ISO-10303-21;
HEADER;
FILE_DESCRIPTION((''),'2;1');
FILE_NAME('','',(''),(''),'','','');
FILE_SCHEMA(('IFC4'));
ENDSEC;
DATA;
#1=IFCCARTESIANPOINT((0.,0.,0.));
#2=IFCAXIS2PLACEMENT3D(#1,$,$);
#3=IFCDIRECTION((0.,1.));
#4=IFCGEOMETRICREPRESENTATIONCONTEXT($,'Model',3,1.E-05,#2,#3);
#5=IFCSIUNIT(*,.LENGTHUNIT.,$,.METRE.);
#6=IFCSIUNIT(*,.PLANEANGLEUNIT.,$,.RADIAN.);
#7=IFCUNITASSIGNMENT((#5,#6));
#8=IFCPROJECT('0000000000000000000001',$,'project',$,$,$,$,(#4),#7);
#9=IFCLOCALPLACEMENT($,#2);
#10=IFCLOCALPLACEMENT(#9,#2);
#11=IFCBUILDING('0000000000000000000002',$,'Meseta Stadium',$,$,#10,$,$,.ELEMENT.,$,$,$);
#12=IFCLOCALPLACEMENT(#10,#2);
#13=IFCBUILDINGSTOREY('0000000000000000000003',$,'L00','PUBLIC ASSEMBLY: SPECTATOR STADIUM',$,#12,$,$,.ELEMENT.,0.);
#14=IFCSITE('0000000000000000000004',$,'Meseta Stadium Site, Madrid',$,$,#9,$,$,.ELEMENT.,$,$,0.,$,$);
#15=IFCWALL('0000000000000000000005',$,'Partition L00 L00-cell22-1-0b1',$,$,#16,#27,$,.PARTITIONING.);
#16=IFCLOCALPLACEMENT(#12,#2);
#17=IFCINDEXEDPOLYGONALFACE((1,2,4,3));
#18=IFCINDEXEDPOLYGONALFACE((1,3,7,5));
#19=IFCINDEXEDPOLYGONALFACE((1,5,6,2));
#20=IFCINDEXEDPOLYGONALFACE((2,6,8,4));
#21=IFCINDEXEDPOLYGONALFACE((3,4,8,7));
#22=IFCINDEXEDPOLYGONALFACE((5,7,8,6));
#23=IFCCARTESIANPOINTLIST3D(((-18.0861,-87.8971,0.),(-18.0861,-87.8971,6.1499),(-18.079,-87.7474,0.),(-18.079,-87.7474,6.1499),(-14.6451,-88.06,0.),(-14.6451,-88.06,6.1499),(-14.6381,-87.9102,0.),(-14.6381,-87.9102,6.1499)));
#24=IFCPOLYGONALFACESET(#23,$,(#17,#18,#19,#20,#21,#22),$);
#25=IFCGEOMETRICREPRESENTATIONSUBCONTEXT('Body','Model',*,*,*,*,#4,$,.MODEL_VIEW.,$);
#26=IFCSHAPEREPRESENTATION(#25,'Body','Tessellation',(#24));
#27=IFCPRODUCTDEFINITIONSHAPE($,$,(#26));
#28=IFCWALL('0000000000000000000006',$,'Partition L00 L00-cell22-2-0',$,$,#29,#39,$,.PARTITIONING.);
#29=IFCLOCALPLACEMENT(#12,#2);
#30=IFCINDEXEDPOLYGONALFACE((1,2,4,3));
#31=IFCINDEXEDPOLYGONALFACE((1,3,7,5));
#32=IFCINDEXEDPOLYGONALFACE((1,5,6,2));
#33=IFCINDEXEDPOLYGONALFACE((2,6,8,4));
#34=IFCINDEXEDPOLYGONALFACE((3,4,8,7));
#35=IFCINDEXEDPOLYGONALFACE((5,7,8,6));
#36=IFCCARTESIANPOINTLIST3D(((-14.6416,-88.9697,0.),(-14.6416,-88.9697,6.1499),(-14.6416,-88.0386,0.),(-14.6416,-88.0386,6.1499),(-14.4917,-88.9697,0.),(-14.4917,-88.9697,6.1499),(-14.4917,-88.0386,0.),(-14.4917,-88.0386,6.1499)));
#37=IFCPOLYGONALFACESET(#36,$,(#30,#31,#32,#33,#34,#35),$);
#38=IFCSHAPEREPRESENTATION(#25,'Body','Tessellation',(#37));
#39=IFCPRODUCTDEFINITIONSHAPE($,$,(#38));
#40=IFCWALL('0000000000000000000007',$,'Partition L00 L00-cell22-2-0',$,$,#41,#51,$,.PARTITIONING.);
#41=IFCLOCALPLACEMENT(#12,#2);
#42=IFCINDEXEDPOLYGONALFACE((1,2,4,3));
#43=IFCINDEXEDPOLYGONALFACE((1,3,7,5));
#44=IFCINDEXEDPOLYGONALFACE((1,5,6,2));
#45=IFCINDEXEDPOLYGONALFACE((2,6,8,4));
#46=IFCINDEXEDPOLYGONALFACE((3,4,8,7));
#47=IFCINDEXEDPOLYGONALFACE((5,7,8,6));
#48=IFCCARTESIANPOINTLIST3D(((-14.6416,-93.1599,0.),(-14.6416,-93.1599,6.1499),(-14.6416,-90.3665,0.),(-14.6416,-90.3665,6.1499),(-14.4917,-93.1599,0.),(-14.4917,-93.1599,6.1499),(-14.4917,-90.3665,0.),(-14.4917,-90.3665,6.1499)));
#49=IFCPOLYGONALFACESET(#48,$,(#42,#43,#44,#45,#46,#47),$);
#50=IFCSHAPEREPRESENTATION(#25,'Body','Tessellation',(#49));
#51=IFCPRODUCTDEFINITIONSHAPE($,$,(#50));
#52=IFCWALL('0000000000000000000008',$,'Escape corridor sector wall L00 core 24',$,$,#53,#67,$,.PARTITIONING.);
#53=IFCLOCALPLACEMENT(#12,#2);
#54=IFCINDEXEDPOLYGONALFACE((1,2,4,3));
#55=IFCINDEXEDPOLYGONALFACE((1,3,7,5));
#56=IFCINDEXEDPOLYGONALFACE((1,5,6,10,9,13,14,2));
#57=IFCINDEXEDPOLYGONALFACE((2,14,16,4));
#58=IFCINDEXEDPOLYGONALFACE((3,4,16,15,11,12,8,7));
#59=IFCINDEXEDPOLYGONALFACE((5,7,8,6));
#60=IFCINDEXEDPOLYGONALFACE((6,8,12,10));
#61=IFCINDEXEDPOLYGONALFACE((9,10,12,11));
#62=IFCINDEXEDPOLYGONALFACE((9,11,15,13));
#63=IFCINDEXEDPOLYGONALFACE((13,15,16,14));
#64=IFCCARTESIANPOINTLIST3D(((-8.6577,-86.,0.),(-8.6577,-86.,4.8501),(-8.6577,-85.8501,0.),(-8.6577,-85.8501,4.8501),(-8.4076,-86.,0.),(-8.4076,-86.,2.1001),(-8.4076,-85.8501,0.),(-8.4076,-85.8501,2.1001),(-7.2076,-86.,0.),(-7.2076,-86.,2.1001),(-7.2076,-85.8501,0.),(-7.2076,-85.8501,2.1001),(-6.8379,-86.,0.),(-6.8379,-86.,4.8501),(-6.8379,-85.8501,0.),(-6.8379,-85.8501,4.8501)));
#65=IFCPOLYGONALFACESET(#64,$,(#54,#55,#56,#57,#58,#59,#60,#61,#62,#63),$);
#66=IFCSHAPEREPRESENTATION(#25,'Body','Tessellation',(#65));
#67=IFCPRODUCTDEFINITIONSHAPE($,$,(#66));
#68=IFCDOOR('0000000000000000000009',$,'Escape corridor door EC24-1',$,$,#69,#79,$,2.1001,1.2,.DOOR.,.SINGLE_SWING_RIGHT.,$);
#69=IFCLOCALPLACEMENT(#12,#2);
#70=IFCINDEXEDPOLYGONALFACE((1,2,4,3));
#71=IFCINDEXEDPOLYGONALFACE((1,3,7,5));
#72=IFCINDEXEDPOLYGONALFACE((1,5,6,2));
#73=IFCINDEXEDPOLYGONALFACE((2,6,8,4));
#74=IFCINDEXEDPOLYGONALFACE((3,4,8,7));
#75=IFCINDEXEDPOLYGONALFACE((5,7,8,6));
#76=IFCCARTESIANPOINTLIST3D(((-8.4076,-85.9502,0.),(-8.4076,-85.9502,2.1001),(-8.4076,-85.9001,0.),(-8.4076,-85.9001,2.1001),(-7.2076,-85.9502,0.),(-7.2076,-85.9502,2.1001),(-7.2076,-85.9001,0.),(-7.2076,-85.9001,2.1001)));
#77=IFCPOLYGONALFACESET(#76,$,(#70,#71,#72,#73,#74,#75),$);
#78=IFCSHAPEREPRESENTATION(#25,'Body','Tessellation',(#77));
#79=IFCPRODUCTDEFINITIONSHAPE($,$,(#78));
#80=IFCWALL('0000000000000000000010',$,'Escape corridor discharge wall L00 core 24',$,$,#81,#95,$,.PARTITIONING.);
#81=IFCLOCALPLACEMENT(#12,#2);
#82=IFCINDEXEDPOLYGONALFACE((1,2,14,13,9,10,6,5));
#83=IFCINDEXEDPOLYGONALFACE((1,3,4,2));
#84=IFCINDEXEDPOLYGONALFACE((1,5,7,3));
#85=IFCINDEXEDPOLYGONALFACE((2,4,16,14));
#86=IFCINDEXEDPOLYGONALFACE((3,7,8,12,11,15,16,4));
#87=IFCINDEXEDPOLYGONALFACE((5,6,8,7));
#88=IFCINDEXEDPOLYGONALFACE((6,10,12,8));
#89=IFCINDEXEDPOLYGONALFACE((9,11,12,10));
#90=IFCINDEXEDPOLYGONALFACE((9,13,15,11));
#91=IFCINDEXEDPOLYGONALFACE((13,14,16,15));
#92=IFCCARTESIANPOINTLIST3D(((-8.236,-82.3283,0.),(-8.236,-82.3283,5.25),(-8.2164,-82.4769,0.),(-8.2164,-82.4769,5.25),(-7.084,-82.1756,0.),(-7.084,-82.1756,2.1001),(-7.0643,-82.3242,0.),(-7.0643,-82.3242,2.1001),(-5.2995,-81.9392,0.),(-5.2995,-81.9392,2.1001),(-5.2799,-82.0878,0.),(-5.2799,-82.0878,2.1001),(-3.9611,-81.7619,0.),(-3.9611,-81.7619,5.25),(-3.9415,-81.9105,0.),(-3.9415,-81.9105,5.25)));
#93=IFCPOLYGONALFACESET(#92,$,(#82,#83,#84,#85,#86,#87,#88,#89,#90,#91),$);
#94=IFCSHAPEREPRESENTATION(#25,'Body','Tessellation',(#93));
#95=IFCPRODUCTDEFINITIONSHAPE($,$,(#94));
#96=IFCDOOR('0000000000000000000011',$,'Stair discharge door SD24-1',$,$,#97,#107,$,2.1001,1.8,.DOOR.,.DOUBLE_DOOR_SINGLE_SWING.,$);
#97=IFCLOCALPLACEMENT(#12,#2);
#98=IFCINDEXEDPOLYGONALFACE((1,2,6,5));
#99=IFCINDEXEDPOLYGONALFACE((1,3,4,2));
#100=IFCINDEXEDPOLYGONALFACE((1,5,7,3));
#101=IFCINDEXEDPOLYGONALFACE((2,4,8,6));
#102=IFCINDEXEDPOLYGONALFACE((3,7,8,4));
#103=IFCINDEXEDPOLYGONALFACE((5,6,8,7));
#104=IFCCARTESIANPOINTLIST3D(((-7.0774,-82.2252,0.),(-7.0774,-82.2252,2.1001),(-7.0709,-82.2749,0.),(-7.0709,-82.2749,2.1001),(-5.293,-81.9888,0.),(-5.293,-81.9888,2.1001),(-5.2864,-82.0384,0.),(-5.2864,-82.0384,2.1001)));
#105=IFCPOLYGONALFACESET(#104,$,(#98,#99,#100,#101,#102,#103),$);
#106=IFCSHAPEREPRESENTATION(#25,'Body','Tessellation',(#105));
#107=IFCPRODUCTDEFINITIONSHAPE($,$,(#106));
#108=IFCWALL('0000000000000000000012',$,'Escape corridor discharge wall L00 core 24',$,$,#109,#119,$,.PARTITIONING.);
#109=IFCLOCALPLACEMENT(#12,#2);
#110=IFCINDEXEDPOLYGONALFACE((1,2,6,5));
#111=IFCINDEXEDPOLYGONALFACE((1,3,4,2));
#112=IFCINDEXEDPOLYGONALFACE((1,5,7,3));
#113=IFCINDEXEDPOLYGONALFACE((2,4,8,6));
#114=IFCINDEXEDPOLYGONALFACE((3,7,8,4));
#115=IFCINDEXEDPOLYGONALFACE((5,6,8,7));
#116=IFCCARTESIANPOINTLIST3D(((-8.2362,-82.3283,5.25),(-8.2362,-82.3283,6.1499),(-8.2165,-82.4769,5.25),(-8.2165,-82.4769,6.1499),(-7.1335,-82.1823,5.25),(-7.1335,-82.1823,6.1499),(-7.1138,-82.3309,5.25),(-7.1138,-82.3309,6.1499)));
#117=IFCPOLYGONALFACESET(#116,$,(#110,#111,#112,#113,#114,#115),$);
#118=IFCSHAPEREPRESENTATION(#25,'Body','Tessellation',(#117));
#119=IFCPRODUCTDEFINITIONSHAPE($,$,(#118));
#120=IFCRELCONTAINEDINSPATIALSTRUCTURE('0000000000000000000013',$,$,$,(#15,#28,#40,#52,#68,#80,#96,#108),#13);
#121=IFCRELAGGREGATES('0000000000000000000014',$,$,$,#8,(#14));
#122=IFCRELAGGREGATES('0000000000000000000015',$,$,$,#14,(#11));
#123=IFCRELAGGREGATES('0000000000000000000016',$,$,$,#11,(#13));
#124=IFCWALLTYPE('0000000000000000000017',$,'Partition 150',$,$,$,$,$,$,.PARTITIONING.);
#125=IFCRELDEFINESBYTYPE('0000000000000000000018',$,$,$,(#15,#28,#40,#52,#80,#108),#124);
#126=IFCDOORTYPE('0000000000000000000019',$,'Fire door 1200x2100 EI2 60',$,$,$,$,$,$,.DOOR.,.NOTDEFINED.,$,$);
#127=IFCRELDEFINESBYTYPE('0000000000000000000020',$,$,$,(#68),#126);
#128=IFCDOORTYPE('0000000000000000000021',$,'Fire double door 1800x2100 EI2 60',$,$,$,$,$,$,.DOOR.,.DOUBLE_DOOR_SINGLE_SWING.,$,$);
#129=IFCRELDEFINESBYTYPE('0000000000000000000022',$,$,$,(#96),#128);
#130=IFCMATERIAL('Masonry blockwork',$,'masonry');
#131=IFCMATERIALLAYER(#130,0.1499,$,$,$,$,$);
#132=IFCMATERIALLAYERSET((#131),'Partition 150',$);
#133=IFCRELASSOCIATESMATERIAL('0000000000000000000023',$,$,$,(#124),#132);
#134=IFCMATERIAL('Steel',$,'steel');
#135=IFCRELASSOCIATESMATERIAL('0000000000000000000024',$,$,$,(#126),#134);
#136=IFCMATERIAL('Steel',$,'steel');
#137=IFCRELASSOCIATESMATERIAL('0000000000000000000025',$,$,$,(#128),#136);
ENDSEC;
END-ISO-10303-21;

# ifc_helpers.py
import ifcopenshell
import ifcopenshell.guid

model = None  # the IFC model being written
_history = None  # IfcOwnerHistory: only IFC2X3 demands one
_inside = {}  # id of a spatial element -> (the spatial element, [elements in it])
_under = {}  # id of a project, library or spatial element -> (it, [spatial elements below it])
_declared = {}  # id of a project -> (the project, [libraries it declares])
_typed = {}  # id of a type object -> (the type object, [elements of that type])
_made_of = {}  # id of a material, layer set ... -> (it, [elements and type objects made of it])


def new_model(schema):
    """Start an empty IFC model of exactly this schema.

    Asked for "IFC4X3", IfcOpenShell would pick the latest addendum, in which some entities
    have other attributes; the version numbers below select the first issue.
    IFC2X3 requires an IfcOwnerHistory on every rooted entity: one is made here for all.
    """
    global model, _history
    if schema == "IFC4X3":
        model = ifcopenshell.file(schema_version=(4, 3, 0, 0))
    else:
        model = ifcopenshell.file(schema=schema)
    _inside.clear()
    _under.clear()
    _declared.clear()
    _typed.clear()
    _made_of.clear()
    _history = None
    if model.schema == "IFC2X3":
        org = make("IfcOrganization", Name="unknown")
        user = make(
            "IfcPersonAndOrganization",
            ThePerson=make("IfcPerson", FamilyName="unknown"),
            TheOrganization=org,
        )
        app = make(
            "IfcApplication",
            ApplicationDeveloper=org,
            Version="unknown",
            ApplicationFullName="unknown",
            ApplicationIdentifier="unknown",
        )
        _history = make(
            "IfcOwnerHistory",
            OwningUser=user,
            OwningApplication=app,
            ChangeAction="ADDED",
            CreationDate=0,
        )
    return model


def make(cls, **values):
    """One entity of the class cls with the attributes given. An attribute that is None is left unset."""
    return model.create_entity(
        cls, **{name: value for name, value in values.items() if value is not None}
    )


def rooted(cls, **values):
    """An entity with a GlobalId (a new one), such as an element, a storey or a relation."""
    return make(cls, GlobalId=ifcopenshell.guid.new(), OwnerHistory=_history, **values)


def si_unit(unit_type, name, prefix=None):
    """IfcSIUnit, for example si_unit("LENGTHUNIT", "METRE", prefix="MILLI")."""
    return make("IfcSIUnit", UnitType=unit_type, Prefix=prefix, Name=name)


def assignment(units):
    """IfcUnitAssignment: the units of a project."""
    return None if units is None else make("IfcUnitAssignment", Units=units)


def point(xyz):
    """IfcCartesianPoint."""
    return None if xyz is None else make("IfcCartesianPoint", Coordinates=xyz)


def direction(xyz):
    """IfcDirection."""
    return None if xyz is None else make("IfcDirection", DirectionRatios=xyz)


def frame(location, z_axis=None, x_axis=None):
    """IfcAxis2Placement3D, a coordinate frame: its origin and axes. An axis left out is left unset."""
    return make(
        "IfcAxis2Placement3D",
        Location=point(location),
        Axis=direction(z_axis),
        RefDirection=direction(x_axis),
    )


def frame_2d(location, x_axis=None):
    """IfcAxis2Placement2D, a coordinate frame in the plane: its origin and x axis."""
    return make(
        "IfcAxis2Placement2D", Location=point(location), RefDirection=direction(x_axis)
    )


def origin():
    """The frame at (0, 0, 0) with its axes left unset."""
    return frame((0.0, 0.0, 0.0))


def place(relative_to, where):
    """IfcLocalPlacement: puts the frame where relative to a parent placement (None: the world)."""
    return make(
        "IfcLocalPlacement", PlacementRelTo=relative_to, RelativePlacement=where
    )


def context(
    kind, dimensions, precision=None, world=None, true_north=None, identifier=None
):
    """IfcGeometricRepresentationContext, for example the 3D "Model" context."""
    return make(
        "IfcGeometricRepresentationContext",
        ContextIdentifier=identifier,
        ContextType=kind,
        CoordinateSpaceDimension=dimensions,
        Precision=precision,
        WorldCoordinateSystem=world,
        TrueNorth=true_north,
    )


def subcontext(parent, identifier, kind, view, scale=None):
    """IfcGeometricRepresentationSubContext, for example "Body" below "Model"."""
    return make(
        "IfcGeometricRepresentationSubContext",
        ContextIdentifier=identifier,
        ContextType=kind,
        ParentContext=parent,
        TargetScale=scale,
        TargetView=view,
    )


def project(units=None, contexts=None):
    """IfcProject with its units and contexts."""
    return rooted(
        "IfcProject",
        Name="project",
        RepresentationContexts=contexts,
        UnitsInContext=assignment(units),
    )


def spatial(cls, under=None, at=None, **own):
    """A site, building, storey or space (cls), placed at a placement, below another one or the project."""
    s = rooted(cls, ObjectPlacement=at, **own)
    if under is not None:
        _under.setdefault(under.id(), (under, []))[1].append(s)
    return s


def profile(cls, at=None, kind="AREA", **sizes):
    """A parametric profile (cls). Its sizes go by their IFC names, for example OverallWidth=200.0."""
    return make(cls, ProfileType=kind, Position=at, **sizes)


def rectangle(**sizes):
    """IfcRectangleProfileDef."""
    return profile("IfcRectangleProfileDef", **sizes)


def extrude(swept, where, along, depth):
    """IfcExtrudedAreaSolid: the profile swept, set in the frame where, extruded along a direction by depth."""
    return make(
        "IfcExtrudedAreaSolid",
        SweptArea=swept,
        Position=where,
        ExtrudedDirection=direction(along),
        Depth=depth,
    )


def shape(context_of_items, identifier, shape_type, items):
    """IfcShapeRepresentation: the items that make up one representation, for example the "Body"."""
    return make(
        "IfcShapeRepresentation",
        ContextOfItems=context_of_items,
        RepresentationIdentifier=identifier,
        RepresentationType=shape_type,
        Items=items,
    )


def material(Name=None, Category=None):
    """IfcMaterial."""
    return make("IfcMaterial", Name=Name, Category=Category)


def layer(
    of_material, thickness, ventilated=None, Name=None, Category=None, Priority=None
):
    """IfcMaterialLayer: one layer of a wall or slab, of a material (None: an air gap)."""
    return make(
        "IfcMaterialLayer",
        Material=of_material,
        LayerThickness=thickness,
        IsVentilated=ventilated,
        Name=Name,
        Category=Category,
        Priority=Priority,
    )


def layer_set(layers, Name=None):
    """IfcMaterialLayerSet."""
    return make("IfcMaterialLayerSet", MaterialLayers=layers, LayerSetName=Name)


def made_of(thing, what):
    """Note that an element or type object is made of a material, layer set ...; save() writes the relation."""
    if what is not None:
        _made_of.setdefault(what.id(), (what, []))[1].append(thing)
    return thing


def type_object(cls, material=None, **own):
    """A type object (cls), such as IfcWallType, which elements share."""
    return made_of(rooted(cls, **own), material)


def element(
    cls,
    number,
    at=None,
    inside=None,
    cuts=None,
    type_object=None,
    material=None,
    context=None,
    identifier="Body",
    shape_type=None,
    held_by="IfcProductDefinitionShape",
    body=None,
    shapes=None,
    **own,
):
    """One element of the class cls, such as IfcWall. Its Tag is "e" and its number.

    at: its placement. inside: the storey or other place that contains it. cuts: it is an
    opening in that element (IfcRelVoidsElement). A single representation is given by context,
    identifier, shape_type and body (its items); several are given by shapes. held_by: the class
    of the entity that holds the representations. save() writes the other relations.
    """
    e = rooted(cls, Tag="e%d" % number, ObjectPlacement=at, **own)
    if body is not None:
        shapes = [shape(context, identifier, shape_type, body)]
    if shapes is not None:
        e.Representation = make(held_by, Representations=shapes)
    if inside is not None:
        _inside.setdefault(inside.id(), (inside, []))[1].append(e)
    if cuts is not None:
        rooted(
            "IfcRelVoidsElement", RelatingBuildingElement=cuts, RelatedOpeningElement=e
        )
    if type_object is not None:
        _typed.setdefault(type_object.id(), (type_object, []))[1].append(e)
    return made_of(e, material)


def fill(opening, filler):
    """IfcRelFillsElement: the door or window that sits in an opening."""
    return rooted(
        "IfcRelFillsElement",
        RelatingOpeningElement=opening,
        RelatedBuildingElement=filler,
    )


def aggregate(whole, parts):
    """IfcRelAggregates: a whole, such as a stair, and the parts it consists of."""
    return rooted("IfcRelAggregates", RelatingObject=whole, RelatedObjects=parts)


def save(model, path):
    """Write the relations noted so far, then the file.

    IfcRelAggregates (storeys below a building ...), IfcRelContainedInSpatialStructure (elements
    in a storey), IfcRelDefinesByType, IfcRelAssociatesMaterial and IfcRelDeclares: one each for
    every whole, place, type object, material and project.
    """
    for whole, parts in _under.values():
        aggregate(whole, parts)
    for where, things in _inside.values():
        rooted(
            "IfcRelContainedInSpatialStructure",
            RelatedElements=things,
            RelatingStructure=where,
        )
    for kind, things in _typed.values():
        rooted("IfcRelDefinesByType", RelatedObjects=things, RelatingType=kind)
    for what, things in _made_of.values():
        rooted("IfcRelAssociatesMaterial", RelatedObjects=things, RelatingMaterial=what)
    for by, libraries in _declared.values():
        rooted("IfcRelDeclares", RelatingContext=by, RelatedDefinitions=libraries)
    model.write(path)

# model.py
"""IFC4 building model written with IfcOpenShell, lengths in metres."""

from ifc_helpers import new_model, si_unit, direction, frame, frame_2d, origin, place, context, subcontext, project, spatial, rectangle, extrude, material, layer, layer_set, type_object, element, fill, save


model = new_model("IFC4")

# Units and contexts
model_context = context("Model", 3, precision=1e-05, world=origin(), true_north=direction((0.0, 1.0)))
body_context = subcontext(model_context, "Body", "Model", "MODEL_VIEW")
ifc_project = project(units=[si_unit("LENGTHUNIT", "METRE"), si_unit("PLANEANGLEUNIT", "RADIAN")], contexts=[model_context])

# Site, building, storey
site_placement = place(None, origin())
site = spatial("IfcSite", under=ifc_project, at=site_placement, Name="Meseta Stadium Site, Madrid", CompositionType="ELEMENT", RefElevation=0.0)
building_placement = place(site_placement, origin())
building = spatial("IfcBuilding", under=site, at=building_placement, Name="Meseta Stadium", CompositionType="ELEMENT")
storey_placement = place(building_placement, origin())
storey = spatial("IfcBuildingStorey", under=building, at=storey_placement, Name="L00", Description="PUBLIC ASSEMBLY: SPECTATOR STADIUM", CompositionType="ELEMENT", Elevation=0.0)

# Walls
ifc_material_1 = material(Name="Masonry blockwork", Category="masonry")
ifc_layer_1 = layer(ifc_material_1, 0.1499)
ifc_layer_set_1 = layer_set([ifc_layer_1], Name="Partition 150")
wall_type_1 = type_object("IfcWallType", Name="Partition 150", PredefinedType="PARTITIONING", material=ifc_layer_set_1)
wall_1_placement = place(storey_placement, frame((-14.6416, -87.9851, 0.0), z_axis=(0.0, 0.0, 1.0), x_axis=(-0.998882, 0.047272, 0.0)))
element("IfcWall", 1, at=wall_1_placement, inside=storey, type_object=wall_type_1, Name="Partition L00 L00-cell22-1-0b1", PredefinedType="PARTITIONING", context=body_context, shape_type="SweptSolid", body=[
    extrude(rectangle(XDim=3.4448, YDim=0.1499, at=frame_2d((1.7224, 0.0))), origin(), (0.0, 0.0, 1.0), 6.1499),
])
wall_2_placement = place(storey_placement, frame((-14.5667, -88.0386, 0.0), z_axis=(0.0, 0.0, 1.0), x_axis=(0.0, -1.0, 0.0)))
element("IfcWall", 2, at=wall_2_placement, inside=storey, type_object=wall_type_1, Name="Partition L00 L00-cell22-2-0", PredefinedType="PARTITIONING", context=body_context, shape_type="SweptSolid", body=[
    extrude(rectangle(XDim=0.9312, YDim=0.1499, at=frame_2d((0.4656, 0.0))), origin(), (0.0, 0.0, 1.0), 6.1499),
])
wall_3_placement = place(storey_placement, frame((-14.5667, -90.3665, 0.0), z_axis=(0.0, 0.0, 1.0), x_axis=(0.0, -1.0, 0.0)))
element("IfcWall", 3, at=wall_3_placement, inside=storey, type_object=wall_type_1, Name="Partition L00 L00-cell22-2-0", PredefinedType="PARTITIONING", context=body_context, shape_type="SweptSolid", body=[
    extrude(rectangle(XDim=2.7935, YDim=0.1499, at=frame_2d((1.3967, 0.0))), origin(), (0.0, 0.0, 1.0), 6.1499),
])

# Walls, openings, doors
wall_4_placement = place(storey_placement, frame((-8.6577, -85.925, 0.0), z_axis=(0.0, 0.0, 1.0), x_axis=(1.0, 0.0, 0.0)))
wall_4 = element("IfcWall", 4, at=wall_4_placement, inside=storey, type_object=wall_type_1, Name="Escape corridor sector wall L00 core 24", PredefinedType="PARTITIONING", context=body_context, shape_type="SweptSolid", body=[
    extrude(rectangle(XDim=1.8198, YDim=0.1499, at=frame_2d((0.9099, 0.0))), origin(), (0.0, 0.0, 1.0), 4.8501),
])
opening_1_placement = place(wall_4_placement, frame((0.25, 0.0, 0.0)))
opening_1 = element("IfcOpeningElement", 5, at=opening_1_placement, cuts=wall_4, PredefinedType="OPENING", context=body_context, shape_type="SweptSolid", body=[
    extrude(rectangle(XDim=1.2, YDim=2.1001, at=frame_2d((0.6001, 1.05))), frame((0.0, 0.085, 0.0), z_axis=(0.0, -1.0, 0.0), x_axis=(1.0, 0.0, 0.0)), (0.0, 0.0, 1.0), 0.1699),
])
ifc_material_2 = material(Name="Steel", Category="steel")
door_type_1 = type_object("IfcDoorType", Name="Fire door 1200x2100 EI2 60", OperationType="NOTDEFINED", PredefinedType="DOOR", material=ifc_material_2)
door_1_placement = place(opening_1_placement, origin())
door_1 = element("IfcDoor", 6, at=door_1_placement, inside=storey, type_object=door_type_1, Name="Escape corridor door EC24-1", OperationType="SINGLE_SWING_RIGHT", OverallHeight=2.1001, OverallWidth=1.2, PredefinedType="DOOR", context=body_context, shape_type="SweptSolid", body=[
    extrude(rectangle(XDim=1.2, YDim=2.1001, at=frame_2d((0.6001, 1.05))), frame((0.0, 0.0249, 0.0), z_axis=(0.0, -1.0, 0.0), x_axis=(1.0, 0.0, 0.0)), (0.0, 0.0, 1.0), 0.05),
])
fill(opening_1, door_1)
wall_5_placement = place(storey_placement, frame((-8.2263, -82.4026, 0.0), z_axis=(0.0, 0.0, 1.0), x_axis=(0.991336, 0.131348, 0.0)))
wall_5 = element("IfcWall", 7, at=wall_5_placement, inside=storey, type_object=wall_type_1, Name="Escape corridor discharge wall L00 core 24", PredefinedType="PARTITIONING", context=body_context, shape_type="SweptSolid", body=[
    extrude(rectangle(XDim=4.3123, YDim=0.1499, at=frame_2d((2.1562, 0.0))), origin(), (0.0, 0.0, 1.0), 5.25),
])
opening_2_placement = place(wall_5_placement, frame((1.1624, 0.0, 0.0)))
opening_2 = element("IfcOpeningElement", 8, at=opening_2_placement, cuts=wall_5, PredefinedType="OPENING", context=body_context, shape_type="SweptSolid", body=[
    extrude(rectangle(XDim=1.8, YDim=2.1001, at=frame_2d((0.8999, 1.05))), frame((0.0, 0.085, 0.0), z_axis=(0.0, -1.0, 0.0), x_axis=(1.0, 0.0, 0.0)), (0.0, 0.0, 1.0), 0.1699),
])
ifc_material_3 = material(Name="Steel", Category="steel")
door_type_2 = type_object("IfcDoorType", Name="Fire double door 1800x2100 EI2 60", OperationType="DOUBLE_DOOR_SINGLE_SWING", PredefinedType="DOOR", material=ifc_material_3)
door_2_placement = place(opening_2_placement, origin())
door_2 = element("IfcDoor", 9, at=door_2_placement, inside=storey, type_object=door_type_2, Name="Stair discharge door SD24-1", OperationType="DOUBLE_DOOR_SINGLE_SWING", OverallHeight=2.1001, OverallWidth=1.8, PredefinedType="DOOR", context=body_context, shape_type="SweptSolid", body=[
    extrude(rectangle(XDim=1.8, YDim=2.1001, at=frame_2d((0.8999, 1.05))), frame((0.0, 0.0249, 0.0), z_axis=(0.0, -1.0, 0.0), x_axis=(1.0, 0.0, 0.0)), (0.0, 0.0, 1.0), 0.05),
])
fill(opening_2, door_2)

# Wall
wall_6_placement = place(storey_placement, frame((-8.2263, -82.4026, 5.25), z_axis=(0.0, 0.0, 1.0), x_axis=(0.99135, 0.131244, 0.0)))
element("IfcWall", 10, at=wall_6_placement, inside=storey, type_object=wall_type_1, Name="Escape corridor discharge wall L00 core 24", PredefinedType="PARTITIONING", context=body_context, shape_type="SweptSolid", body=[
    extrude(rectangle(XDim=1.1123, YDim=0.1499, at=frame_2d((0.5562, 0.0))), origin(), (0.0, 0.0, 1.0), 0.8999),
])

save(model, "model.ifc")
